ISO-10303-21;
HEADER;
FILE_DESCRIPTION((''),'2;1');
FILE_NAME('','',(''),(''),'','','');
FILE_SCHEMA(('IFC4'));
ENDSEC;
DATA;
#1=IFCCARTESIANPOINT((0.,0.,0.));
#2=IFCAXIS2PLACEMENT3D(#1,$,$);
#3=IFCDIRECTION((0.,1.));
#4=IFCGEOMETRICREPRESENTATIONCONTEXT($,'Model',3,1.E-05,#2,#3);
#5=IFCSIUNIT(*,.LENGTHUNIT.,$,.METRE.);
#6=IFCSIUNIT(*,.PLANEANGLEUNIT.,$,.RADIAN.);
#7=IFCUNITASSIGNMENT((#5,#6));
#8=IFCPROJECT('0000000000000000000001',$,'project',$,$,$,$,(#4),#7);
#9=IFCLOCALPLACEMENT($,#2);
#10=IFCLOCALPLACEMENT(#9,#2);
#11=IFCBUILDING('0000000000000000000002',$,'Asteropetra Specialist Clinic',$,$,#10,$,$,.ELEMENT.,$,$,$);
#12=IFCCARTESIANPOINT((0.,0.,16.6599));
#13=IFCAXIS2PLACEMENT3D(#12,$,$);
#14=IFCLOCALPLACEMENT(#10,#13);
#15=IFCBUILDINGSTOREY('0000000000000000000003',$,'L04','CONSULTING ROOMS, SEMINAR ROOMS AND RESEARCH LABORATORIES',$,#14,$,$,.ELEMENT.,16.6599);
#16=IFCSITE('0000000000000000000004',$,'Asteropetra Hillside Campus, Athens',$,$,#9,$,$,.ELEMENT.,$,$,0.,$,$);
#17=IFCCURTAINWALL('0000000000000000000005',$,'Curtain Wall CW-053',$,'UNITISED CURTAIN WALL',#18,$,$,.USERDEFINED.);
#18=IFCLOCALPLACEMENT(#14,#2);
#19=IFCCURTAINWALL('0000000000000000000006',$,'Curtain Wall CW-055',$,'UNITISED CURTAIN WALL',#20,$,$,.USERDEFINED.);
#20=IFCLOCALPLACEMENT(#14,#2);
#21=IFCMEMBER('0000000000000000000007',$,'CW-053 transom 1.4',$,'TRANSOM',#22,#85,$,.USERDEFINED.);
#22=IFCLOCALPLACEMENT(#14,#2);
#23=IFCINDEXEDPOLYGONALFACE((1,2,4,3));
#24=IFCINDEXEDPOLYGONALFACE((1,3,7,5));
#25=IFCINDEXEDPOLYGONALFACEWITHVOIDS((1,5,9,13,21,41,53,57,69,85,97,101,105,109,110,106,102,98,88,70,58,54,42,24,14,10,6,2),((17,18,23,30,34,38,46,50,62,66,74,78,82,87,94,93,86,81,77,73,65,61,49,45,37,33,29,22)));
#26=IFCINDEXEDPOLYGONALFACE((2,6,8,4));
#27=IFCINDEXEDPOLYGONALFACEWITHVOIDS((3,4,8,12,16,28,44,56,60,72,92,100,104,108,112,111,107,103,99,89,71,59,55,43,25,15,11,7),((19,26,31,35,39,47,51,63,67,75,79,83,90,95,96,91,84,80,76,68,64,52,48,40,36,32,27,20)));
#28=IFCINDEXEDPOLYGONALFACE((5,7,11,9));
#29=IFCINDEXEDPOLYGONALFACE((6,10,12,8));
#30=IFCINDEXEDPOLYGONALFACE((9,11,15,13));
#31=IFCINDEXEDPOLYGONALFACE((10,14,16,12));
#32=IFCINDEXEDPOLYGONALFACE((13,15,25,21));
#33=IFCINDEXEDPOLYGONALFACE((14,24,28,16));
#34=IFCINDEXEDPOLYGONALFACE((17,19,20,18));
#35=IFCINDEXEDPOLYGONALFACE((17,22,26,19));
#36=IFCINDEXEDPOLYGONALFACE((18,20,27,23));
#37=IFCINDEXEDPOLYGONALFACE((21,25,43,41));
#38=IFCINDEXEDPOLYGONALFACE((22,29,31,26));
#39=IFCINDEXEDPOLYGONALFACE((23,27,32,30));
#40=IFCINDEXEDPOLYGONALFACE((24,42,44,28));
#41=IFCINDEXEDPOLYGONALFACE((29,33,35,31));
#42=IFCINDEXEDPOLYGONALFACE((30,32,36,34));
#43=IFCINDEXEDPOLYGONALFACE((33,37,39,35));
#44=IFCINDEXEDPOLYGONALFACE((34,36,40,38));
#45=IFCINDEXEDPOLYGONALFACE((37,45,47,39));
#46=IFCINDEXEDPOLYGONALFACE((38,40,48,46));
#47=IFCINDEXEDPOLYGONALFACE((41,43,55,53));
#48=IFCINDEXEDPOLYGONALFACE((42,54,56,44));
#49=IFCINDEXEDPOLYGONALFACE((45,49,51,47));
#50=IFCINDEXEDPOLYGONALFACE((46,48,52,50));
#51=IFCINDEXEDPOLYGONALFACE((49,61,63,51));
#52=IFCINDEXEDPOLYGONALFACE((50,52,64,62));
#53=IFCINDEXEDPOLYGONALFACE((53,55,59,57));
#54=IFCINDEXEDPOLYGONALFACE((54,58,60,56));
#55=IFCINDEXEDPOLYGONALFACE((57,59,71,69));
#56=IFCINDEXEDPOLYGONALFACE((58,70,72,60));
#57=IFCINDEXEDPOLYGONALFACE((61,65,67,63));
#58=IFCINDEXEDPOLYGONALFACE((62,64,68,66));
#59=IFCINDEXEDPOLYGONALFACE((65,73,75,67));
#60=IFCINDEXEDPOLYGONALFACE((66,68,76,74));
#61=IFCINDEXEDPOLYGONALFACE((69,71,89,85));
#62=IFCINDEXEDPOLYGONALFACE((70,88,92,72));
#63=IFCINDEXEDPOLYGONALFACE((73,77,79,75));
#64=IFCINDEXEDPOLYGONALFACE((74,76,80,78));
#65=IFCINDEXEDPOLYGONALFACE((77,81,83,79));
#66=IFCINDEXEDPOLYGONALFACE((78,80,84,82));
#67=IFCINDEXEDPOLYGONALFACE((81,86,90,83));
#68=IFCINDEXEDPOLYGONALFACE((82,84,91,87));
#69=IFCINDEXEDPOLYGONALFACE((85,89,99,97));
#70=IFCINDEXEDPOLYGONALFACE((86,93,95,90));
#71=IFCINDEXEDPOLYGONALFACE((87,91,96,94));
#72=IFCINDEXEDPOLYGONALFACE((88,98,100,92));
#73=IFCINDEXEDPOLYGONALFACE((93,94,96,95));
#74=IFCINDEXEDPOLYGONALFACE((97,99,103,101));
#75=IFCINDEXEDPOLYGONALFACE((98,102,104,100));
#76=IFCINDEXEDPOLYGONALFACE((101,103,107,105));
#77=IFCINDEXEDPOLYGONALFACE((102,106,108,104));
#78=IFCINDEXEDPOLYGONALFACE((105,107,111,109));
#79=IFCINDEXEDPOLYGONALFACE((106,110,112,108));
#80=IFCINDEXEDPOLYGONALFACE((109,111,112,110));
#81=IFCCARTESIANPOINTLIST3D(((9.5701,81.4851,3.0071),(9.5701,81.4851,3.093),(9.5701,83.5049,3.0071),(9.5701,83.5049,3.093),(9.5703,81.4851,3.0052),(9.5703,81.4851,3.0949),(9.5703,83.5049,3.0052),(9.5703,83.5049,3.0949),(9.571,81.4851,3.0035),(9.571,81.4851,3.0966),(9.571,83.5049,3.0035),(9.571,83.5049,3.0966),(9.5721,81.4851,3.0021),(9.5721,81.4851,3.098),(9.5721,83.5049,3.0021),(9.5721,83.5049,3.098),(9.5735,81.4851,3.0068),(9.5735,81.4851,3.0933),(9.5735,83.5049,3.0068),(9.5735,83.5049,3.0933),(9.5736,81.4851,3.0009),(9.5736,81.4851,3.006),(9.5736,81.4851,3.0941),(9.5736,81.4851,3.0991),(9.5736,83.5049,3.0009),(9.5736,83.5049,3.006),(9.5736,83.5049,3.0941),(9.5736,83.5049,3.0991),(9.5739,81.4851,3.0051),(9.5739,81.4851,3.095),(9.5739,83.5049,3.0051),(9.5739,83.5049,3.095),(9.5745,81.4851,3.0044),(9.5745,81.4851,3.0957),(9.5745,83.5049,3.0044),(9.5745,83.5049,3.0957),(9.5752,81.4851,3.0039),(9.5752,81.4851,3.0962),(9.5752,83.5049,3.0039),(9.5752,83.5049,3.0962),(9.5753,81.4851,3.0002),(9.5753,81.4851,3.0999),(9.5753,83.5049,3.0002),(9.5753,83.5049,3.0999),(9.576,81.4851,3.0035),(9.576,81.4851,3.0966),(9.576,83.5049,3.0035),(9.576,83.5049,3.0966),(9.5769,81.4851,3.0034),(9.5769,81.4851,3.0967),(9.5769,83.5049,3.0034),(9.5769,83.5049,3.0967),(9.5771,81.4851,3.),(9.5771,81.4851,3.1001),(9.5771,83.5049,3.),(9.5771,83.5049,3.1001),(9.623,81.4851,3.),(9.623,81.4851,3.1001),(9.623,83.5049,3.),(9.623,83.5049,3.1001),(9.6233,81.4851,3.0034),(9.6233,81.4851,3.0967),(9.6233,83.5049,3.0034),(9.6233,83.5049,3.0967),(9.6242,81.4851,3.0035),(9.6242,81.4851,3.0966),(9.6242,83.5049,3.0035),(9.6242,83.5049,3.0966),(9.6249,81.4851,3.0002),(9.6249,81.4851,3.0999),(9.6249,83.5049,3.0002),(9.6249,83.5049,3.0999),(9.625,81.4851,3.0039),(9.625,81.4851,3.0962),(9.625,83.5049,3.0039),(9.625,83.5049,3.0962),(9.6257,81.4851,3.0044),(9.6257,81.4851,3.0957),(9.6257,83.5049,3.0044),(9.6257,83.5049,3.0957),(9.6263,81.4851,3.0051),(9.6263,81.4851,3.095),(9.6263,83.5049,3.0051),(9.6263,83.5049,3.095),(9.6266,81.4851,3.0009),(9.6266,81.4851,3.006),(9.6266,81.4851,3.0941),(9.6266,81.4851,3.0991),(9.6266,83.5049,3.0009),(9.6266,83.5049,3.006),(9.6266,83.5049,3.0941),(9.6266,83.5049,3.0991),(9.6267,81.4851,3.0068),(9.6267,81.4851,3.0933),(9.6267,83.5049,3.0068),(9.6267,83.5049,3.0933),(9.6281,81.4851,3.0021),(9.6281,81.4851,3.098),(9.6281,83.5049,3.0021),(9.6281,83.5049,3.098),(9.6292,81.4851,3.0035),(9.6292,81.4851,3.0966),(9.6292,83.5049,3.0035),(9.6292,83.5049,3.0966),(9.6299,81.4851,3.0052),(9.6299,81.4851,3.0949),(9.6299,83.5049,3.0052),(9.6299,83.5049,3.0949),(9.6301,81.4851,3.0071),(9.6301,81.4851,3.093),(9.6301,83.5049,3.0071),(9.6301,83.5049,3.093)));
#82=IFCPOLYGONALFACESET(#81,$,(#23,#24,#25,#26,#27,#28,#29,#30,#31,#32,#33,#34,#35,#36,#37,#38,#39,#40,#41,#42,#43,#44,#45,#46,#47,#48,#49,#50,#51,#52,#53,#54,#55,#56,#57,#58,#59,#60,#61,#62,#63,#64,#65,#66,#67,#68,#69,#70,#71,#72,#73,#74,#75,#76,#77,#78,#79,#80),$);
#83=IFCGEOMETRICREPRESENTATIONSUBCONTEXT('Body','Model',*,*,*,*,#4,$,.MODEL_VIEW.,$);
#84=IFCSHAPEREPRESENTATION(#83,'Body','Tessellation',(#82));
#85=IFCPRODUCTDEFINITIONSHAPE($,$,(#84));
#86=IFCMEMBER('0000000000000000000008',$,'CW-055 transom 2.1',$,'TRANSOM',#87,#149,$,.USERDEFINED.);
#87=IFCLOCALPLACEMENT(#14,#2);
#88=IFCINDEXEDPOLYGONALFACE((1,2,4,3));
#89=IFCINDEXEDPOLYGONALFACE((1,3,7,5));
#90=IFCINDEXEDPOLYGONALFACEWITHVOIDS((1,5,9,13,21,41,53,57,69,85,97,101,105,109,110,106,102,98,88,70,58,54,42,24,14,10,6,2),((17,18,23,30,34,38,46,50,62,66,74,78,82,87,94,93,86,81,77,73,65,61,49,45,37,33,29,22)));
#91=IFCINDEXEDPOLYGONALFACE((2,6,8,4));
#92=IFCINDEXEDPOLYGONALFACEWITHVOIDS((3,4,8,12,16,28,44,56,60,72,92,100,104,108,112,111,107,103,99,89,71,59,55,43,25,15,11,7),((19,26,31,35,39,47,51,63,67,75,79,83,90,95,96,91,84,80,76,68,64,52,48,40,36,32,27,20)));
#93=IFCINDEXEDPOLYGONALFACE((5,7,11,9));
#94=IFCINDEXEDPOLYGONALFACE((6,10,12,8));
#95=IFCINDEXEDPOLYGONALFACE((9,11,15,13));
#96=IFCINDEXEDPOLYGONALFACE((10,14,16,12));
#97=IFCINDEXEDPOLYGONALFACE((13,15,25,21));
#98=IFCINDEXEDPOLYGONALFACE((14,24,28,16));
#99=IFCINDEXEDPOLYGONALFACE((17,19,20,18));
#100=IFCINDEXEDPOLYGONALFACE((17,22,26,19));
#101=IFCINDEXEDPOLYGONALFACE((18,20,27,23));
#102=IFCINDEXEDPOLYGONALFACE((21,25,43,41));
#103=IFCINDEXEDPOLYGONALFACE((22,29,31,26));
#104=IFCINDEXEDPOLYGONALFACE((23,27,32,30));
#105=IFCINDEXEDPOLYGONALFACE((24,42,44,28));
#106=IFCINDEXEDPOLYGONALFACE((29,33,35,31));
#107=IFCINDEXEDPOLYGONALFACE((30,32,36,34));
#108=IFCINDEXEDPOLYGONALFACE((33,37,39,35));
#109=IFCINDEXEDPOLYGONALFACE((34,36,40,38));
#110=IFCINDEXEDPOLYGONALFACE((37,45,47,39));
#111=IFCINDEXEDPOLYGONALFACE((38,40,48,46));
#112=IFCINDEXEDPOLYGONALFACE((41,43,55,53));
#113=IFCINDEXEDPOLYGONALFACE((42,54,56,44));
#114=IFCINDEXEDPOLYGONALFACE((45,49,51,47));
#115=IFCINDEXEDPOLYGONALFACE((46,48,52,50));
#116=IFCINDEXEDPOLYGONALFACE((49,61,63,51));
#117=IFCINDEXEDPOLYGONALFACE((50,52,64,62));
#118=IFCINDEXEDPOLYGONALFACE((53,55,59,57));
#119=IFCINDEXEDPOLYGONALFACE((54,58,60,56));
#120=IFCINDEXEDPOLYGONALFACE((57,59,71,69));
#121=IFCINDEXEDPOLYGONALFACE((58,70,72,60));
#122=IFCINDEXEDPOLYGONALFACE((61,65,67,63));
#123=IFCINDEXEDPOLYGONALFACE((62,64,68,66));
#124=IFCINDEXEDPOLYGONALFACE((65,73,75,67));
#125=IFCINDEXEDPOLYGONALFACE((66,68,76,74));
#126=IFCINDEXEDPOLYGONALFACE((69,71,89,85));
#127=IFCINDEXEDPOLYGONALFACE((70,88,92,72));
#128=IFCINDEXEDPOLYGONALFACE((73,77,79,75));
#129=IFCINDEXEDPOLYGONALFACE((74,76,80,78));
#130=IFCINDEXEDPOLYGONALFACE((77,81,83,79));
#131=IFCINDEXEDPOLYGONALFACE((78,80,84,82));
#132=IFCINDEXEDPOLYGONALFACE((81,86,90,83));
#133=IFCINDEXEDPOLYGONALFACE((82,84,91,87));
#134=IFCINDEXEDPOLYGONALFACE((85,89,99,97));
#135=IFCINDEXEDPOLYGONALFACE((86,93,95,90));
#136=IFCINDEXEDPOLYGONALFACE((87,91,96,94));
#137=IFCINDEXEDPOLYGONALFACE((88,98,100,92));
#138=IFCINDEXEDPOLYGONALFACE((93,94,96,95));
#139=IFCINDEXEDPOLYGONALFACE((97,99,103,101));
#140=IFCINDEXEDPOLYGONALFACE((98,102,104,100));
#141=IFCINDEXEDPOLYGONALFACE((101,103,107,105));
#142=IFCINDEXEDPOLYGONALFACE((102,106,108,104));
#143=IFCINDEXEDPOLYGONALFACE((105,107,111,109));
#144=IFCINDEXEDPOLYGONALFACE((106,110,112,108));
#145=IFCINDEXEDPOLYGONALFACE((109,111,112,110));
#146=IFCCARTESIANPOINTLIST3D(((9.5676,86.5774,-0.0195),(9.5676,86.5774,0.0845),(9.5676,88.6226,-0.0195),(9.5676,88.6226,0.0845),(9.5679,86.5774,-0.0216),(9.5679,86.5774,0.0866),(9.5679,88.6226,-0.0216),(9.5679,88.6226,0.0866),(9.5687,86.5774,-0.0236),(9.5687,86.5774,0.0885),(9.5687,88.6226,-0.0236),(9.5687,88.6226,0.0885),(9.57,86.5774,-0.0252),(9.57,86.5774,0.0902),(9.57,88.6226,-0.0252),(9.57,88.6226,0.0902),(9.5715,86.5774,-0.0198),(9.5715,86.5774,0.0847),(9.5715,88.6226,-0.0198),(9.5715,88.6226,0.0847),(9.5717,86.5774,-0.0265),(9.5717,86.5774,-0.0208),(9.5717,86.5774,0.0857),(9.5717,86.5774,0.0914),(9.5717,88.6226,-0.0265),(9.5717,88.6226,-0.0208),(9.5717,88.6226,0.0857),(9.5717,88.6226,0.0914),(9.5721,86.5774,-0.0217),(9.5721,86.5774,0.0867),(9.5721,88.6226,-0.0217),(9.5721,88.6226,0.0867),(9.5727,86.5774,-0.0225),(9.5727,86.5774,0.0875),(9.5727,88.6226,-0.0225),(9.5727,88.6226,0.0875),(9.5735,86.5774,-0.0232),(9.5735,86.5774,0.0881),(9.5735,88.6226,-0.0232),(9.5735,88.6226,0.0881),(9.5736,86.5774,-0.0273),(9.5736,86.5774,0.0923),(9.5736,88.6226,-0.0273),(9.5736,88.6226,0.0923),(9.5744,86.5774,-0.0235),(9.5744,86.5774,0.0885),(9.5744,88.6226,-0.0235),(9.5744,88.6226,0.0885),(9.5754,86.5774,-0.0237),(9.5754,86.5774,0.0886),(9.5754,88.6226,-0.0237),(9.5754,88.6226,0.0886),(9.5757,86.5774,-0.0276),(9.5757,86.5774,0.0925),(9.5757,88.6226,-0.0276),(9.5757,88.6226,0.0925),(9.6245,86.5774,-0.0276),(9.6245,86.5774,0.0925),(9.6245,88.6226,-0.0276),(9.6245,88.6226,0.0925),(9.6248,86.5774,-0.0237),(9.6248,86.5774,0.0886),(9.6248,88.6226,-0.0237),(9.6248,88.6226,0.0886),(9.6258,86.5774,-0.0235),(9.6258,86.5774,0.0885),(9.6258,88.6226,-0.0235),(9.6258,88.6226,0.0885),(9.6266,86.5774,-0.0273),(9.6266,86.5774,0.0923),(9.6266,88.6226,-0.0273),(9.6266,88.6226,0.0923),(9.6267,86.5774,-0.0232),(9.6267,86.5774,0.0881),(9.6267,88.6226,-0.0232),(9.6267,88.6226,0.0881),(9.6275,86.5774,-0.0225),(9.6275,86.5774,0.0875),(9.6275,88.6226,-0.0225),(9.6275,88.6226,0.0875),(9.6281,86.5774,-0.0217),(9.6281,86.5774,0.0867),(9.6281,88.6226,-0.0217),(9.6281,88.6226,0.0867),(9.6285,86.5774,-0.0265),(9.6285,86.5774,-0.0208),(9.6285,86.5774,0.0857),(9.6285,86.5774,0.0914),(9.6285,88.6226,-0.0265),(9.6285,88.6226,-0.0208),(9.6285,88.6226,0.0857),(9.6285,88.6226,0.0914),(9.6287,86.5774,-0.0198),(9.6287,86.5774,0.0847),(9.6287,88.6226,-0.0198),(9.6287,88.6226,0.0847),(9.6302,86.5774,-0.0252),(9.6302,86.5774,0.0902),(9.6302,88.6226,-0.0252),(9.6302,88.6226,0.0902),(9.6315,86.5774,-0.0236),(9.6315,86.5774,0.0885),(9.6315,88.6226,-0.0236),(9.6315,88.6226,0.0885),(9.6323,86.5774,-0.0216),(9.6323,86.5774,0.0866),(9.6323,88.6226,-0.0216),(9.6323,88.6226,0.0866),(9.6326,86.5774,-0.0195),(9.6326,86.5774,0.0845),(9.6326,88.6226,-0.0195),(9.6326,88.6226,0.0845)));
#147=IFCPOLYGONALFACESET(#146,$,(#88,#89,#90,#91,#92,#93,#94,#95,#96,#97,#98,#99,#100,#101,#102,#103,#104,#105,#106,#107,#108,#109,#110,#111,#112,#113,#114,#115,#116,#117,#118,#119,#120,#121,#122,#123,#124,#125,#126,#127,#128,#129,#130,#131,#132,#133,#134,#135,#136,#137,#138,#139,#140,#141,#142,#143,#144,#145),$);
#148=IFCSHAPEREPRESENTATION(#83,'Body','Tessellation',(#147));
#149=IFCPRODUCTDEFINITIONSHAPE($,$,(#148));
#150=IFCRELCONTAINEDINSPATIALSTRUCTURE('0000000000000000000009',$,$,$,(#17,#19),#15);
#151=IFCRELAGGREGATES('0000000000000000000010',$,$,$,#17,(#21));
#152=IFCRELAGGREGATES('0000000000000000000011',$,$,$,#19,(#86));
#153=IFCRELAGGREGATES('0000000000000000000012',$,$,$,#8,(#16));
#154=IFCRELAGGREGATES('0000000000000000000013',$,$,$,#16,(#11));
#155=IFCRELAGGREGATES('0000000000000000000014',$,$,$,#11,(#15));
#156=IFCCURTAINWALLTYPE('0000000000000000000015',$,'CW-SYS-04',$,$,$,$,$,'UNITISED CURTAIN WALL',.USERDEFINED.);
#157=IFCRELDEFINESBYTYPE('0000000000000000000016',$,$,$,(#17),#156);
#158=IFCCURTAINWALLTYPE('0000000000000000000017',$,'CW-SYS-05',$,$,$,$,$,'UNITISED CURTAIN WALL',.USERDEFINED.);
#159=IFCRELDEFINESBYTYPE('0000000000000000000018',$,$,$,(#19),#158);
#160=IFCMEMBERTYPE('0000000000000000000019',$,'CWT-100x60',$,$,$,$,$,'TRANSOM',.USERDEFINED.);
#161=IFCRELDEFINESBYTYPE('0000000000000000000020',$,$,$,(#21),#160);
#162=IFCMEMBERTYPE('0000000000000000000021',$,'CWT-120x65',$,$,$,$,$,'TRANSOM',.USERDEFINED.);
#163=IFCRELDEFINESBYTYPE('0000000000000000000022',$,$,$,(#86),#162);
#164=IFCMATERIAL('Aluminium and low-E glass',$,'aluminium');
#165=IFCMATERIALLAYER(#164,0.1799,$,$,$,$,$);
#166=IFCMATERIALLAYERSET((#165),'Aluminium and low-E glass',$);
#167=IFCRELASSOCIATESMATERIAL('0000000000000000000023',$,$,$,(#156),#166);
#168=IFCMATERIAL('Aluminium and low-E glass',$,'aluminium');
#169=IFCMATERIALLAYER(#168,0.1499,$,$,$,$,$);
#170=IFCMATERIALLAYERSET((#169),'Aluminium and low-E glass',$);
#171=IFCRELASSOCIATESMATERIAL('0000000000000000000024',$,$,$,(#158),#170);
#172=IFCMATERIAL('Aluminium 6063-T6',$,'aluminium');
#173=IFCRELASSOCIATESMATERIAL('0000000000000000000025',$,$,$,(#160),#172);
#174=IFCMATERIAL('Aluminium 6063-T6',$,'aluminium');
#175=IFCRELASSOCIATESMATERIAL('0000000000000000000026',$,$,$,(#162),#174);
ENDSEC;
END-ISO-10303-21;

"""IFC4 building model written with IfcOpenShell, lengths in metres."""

from ifc_helpers import new_model, si_unit, direction, frame, origin, origin_2d, place, context, subcontext, project, spatial, hollow_rectangle, extrude, material, layer, layer_set, material_profile, profile_set, type_object, element, aggregate, save


model = new_model("IFC4")

# Units and contexts
model_context = context("Model", 3, precision=1e-05, world=origin(), true_north=direction((0.0, 1.0)))
body_context = subcontext(model_context, "Body", "Model", "MODEL_VIEW")
ifc_project = project(units=[si_unit("LENGTHUNIT", "METRE"), si_unit("PLANEANGLEUNIT", "RADIAN")], contexts=[model_context])

# Site, building, storey
site_placement = place(None, origin())
site = spatial("IfcSite", under=ifc_project, at=site_placement, Name="Asteropetra Hillside Campus, Athens", CompositionType="ELEMENT", RefElevation=0.0)
building_placement = place(site_placement, origin())
building = spatial("IfcBuilding", under=site, at=building_placement, Name="Asteropetra Specialist Clinic", CompositionType="ELEMENT")
storey_placement = place(building_placement, frame((0.0, 0.0, 16.6599)))
storey = spatial("IfcBuildingStorey", under=building, at=storey_placement, Name="L04", Description="CONSULTING ROOMS, SEMINAR ROOMS AND RESEARCH LABORATORIES", CompositionType="ELEMENT", Elevation=16.6599)

# Curtain wall
ifc_material_1 = material(Name="Aluminium and low-E glass", Category="aluminium")
ifc_layer_1 = layer(ifc_material_1, 0.1799)
ifc_layer_set_1 = layer_set([ifc_layer_1], Name="Aluminium and low-E glass")
curtain_wall_type_1 = type_object("IfcCurtainWallType", Name="CW-SYS-04", ElementType="UNITISED CURTAIN WALL", PredefinedType="USERDEFINED", material=ifc_layer_set_1)
curtain_wall_1_placement = place(storey_placement, origin())
curtain_wall_1 = element("IfcCurtainWall", 1, at=curtain_wall_1_placement, inside=storey, type_object=curtain_wall_type_1, Name="Curtain Wall CW-053", ObjectType="UNITISED CURTAIN WALL", PredefinedType="USERDEFINED")

# Curtain wall
ifc_material_2 = material(Name="Aluminium and low-E glass", Category="aluminium")
ifc_layer_2 = layer(ifc_material_2, 0.1499)
ifc_layer_set_2 = layer_set([ifc_layer_2], Name="Aluminium and low-E glass")
curtain_wall_type_2 = type_object("IfcCurtainWallType", Name="CW-SYS-05", ElementType="UNITISED CURTAIN WALL", PredefinedType="USERDEFINED", material=ifc_layer_set_2)
curtain_wall_2_placement = place(storey_placement, origin())
curtain_wall_2 = element("IfcCurtainWall", 2, at=curtain_wall_2_placement, inside=storey, type_object=curtain_wall_type_2, Name="Curtain Wall CW-055", ObjectType="UNITISED CURTAIN WALL", PredefinedType="USERDEFINED")

# Members
ifc_material_3 = material(Name="Aluminium 6063-T6", Category="aluminium")
ifc_material_profile_1 = material_profile(ifc_material_3, hollow_rectangle(XDim=0.0601, YDim=0.1001, WallThickness=0.0034, InnerFilletRadius=0.0034, OuterFilletRadius=0.0071, at=origin_2d()), Name="TRN 100x60x3.5")
ifc_profile_set_1 = profile_set([ifc_material_profile_1], Name="Aluminium 6063-T6")
member_type_1 = type_object("IfcMemberType", Name="CWT-100x60", ElementType="TRANSOM", PredefinedType="USERDEFINED", material=ifc_profile_set_1)
member_1_placement = place(storey_placement, frame((9.6001, 83.5049, 3.05), z_axis=(0.0, -1.0, 0.0), x_axis=(1.0, 0.0, 0.0)))
member_1 = element("IfcMember", 3, at=member_1_placement, type_object=member_type_1, Name="CW-053 transom 1.4", ObjectType="TRANSOM", PredefinedType="USERDEFINED", context=body_context, shape_type="SweptSolid", body=[
    extrude(hollow_rectangle(XDim=0.0601, YDim=0.1001, WallThickness=0.0034, InnerFilletRadius=0.0034, OuterFilletRadius=0.0071, at=origin_2d()), origin(), (0.0, 0.0, 1.0), 2.0198),
])
aggregate(curtain_wall_1, [member_1])
ifc_material_4 = material(Name="Aluminium 6063-T6", Category="aluminium")
ifc_material_profile_2 = material_profile(ifc_material_4, hollow_rectangle(XDim=0.0649, YDim=0.1201, WallThickness=0.0039, InnerFilletRadius=0.0039, OuterFilletRadius=0.0081, at=origin_2d()), Name="TRN 120x65x4.0")
ifc_profile_set_2 = profile_set([ifc_material_profile_2], Name="Aluminium 6063-T6")
member_type_2 = type_object("IfcMemberType", Name="CWT-120x65", ElementType="TRANSOM", PredefinedType="USERDEFINED", material=ifc_profile_set_2)
member_2_placement = place(storey_placement, frame((9.6001, 88.6226, 0.0325), z_axis=(0.0, -1.0, 0.0), x_axis=(1.0, 0.0, 0.0)))
member_2 = element("IfcMember", 4, at=member_2_placement, type_object=member_type_2, Name="CW-055 transom 2.1", ObjectType="TRANSOM", PredefinedType="USERDEFINED", context=body_context, shape_type="SweptSolid", body=[
    extrude(hollow_rectangle(XDim=0.0649, YDim=0.1201, WallThickness=0.0039, InnerFilletRadius=0.0039, OuterFilletRadius=0.0081, at=origin_2d()), origin(), (0.0, 0.0, 1.0), 2.0452),
])

aggregate(curtain_wall_2, [member_2])

save(model, "model.ifc")
